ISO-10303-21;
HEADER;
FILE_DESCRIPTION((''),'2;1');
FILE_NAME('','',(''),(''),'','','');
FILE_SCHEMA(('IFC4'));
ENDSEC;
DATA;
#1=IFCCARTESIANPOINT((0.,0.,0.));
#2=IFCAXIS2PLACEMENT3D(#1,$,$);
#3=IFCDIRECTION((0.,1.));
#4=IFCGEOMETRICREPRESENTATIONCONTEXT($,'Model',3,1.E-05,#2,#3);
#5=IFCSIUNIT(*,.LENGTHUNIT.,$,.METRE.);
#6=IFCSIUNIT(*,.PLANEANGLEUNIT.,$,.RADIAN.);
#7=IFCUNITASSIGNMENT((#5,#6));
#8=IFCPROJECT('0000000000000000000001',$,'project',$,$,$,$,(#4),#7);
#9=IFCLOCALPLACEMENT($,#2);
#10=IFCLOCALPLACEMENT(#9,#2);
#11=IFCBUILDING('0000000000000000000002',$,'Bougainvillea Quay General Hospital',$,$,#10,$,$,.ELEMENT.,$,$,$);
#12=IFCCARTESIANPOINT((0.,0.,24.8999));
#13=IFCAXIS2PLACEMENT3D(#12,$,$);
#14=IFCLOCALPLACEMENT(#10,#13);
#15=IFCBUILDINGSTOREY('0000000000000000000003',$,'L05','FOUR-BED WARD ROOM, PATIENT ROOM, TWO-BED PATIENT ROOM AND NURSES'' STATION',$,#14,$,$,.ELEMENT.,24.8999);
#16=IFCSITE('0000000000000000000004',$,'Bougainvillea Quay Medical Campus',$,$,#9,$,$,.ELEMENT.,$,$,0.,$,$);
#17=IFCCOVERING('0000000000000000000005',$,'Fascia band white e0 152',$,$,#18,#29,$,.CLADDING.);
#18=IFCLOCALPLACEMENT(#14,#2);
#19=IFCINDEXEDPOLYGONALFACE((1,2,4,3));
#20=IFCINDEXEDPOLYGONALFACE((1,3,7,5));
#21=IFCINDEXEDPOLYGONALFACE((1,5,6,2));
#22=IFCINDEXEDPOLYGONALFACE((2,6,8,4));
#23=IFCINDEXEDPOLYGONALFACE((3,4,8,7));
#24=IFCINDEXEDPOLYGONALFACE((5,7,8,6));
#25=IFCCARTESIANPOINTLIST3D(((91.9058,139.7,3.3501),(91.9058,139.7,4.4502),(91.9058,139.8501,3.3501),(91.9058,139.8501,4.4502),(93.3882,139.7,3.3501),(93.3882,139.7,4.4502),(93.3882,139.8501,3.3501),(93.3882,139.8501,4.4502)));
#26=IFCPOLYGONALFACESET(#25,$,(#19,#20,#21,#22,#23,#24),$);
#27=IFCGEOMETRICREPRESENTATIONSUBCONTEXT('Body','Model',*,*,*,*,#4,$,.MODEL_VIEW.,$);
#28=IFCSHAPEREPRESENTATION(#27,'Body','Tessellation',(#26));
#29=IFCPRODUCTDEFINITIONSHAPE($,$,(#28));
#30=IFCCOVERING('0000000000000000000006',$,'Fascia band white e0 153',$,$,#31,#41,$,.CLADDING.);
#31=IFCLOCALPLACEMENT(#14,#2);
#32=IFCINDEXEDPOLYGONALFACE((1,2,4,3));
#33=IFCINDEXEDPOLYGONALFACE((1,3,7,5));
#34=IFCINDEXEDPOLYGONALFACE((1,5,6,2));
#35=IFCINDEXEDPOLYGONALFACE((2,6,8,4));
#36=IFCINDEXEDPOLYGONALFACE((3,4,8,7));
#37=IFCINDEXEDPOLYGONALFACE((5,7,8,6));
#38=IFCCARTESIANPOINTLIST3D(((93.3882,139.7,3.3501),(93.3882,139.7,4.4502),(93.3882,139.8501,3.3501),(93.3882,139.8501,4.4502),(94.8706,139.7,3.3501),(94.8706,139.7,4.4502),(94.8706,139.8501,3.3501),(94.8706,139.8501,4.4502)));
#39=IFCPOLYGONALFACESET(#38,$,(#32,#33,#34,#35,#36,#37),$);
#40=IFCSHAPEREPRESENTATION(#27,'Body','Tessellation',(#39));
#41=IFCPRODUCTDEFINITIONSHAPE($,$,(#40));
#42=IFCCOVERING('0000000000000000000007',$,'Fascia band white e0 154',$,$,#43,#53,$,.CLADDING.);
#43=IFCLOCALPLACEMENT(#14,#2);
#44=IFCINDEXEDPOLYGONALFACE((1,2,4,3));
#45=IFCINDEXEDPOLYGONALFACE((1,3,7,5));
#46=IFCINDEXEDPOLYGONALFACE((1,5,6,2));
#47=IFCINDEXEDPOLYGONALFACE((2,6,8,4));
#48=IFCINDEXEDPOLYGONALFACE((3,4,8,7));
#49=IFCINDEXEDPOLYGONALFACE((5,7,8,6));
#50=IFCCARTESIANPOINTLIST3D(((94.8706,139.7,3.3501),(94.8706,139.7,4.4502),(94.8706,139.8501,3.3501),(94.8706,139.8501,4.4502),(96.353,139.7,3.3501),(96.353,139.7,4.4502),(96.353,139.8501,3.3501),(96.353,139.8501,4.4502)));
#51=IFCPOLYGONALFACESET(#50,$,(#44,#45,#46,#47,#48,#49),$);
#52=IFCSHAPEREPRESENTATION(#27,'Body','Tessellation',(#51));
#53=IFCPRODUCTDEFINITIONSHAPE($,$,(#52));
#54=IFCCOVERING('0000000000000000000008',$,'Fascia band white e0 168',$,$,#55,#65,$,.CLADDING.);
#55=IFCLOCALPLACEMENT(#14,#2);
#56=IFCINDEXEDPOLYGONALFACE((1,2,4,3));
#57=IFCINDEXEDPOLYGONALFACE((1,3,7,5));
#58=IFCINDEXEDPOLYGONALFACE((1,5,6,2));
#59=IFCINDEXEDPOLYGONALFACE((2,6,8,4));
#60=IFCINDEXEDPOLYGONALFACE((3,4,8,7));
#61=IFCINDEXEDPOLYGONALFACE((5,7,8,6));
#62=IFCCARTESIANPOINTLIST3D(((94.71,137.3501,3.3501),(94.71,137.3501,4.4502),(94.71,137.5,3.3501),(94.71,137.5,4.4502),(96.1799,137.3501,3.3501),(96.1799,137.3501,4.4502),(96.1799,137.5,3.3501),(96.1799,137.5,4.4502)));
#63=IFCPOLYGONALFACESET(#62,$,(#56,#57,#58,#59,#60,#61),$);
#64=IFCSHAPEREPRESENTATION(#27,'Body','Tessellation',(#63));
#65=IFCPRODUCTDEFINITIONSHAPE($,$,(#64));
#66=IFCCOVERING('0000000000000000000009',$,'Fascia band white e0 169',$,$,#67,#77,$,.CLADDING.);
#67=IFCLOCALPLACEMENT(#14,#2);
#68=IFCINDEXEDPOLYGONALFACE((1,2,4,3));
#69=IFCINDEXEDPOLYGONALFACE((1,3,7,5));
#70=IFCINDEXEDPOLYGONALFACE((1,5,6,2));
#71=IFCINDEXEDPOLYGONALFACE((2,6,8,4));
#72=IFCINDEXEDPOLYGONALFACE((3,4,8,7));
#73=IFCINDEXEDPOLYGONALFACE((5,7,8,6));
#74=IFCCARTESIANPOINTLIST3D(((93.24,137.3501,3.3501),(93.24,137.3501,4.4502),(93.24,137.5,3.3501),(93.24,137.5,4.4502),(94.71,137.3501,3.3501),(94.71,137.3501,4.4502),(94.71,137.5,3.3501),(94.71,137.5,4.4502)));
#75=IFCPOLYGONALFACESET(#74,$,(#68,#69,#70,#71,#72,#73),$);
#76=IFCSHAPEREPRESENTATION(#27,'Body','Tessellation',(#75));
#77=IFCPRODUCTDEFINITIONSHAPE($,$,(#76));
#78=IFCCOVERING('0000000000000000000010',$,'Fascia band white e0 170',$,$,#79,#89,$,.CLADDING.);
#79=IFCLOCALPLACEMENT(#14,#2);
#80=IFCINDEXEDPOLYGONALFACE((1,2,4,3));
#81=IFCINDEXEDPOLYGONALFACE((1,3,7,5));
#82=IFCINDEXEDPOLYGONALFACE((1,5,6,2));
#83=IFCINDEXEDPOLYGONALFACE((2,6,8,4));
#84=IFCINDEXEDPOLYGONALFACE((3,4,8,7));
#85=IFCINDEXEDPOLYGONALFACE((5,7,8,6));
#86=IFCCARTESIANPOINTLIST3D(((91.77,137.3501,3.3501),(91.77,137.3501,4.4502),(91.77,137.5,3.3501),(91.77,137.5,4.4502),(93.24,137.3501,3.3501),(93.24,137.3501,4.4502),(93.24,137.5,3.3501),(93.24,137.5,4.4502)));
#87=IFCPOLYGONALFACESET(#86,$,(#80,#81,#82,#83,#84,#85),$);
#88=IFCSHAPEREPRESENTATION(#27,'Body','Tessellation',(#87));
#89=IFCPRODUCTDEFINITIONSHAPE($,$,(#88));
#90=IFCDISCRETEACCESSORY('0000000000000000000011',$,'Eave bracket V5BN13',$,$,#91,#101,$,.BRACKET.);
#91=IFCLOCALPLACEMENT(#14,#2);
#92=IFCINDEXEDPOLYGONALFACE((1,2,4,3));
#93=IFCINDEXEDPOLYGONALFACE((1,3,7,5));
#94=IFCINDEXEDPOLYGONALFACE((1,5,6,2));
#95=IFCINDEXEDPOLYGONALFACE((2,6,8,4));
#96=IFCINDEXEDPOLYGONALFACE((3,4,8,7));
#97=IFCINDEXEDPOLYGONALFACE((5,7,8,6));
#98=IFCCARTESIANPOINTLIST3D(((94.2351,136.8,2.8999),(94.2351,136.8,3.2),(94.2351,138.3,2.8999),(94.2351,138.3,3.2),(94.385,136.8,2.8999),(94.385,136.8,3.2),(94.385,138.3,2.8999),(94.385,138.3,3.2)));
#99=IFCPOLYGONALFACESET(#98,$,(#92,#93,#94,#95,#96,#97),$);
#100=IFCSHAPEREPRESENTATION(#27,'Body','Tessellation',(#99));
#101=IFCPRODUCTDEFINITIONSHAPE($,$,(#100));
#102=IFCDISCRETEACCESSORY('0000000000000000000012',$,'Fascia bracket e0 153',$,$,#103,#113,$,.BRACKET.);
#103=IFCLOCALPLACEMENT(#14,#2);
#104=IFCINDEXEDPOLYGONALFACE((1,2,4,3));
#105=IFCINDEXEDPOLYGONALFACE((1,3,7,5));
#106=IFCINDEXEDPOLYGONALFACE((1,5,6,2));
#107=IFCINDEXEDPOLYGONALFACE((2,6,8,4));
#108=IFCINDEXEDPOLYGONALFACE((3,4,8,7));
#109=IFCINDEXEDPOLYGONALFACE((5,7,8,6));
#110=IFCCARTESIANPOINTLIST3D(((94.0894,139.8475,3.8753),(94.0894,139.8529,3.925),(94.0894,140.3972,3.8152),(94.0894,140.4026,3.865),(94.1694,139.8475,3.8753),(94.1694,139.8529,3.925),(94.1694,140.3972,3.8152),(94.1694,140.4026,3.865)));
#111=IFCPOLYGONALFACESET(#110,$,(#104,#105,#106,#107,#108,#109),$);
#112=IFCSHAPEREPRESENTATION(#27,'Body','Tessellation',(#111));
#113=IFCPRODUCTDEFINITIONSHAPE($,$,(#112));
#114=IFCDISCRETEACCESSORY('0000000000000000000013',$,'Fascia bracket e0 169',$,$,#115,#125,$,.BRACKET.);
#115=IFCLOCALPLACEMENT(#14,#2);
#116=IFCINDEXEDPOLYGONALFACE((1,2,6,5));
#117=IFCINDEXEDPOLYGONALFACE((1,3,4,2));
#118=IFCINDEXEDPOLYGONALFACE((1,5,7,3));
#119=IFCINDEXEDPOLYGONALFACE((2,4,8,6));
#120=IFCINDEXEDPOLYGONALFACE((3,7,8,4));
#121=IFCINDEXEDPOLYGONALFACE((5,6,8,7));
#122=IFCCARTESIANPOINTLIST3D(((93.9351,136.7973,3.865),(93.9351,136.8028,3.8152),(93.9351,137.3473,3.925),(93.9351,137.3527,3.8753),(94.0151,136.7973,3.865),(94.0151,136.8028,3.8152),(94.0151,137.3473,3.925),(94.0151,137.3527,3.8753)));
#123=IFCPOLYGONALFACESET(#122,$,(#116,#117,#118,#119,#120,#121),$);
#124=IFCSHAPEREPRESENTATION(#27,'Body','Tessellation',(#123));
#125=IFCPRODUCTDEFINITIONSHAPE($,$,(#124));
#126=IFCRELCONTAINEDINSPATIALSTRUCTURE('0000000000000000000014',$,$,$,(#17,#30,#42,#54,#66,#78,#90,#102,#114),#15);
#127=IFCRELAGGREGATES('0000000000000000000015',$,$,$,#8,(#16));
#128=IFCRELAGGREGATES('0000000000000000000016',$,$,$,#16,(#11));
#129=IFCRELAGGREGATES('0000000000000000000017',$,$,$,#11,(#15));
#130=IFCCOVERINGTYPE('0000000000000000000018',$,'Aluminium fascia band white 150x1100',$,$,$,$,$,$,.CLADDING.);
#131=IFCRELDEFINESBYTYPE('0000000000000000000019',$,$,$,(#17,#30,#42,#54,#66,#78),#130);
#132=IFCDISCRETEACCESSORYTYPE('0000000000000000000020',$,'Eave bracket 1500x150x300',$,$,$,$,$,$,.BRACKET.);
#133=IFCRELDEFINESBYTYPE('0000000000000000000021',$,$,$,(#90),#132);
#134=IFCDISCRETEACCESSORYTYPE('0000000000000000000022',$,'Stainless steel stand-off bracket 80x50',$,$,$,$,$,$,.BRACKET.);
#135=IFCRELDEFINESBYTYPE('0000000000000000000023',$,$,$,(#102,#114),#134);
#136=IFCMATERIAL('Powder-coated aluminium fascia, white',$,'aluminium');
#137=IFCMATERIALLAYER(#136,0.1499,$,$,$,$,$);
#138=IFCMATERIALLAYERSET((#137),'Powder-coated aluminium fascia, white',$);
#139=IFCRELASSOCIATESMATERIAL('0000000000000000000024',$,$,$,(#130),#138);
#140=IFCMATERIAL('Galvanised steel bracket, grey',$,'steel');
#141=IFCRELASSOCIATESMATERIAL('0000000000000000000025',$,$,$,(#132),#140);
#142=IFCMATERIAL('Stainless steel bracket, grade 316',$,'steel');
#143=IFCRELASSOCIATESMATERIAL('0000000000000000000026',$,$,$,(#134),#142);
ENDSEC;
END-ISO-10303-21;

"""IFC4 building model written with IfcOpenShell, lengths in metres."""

from ifc_helpers import new_model, si_unit, direction, frame, origin, origin_2d, place, context, subcontext, project, spatial, polyline, rectangle, outline, extrude, material, layer, layer_set, material_profile, profile_set, type_object, element, save


model = new_model("IFC4")

# Units and contexts
model_context = context("Model", 3, precision=1e-05, world=origin(), true_north=direction((0.0, 1.0)))
body_context = subcontext(model_context, "Body", "Model", "MODEL_VIEW")
ifc_project = project(units=[si_unit("LENGTHUNIT", "METRE"), si_unit("PLANEANGLEUNIT", "RADIAN")], contexts=[model_context])

# Site, building, storey
site_placement = place(None, origin())
site = spatial("IfcSite", under=ifc_project, at=site_placement, Name="Bougainvillea Quay Medical Campus", CompositionType="ELEMENT", RefElevation=0.0)
building_placement = place(site_placement, origin())
building = spatial("IfcBuilding", under=site, at=building_placement, Name="Bougainvillea Quay General Hospital", CompositionType="ELEMENT")
storey_placement = place(building_placement, frame((0.0, 0.0, 24.8999)))
storey = spatial("IfcBuildingStorey", under=building, at=storey_placement, Name="L05", Description="FOUR-BED WARD ROOM, PATIENT ROOM, TWO-BED PATIENT ROOM AND NURSES' STATION", CompositionType="ELEMENT", Elevation=24.8999)

# Coverings
ifc_material_1 = material(Name="Powder-coated aluminium fascia, white", Category="aluminium")
ifc_layer_1 = layer(ifc_material_1, 0.1499)
ifc_layer_set_1 = layer_set([ifc_layer_1], Name="Powder-coated aluminium fascia, white")
covering_type = type_object("IfcCoveringType", Name="Aluminium fascia band white 150x1100", PredefinedType="CLADDING", material=ifc_layer_set_1)
for number, where, z_axis, x_axis, name in (
    (1, (91.9058, 139.8501, 3.3501), (0.0, 0.0, 1.0), (1.0, 0.0, 0.0), "Fascia band white e0 152"),
    (2, (93.3882, 139.8501, 3.3501), (0.0, 0.0, 1.0), (1.0, 0.0, 0.0), "Fascia band white e0 153"),
    (3, (94.8706, 139.8501, 3.3501), (0.0, 0.0, 1.0), (1.0, 0.0, 0.0), "Fascia band white e0 154"),
):
    element("IfcCovering", number, at=place(storey_placement, frame(where, z_axis=z_axis, x_axis=x_axis)), inside=storey, type_object=covering_type, Name=name, PredefinedType="CLADDING", context=body_context, shape_type="SweptSolid", body=[
        extrude(outline(polyline([(0.0, 0.0), (1.4824, 0.0), (1.4824, -0.1501), (0.0, -0.1501), (0.0, 0.0)])), origin(), (0.0, 0.0, 1.0), 1.1001),
    ])
for number, where, z_axis, x_axis, name in (
    (4, (96.1799, 137.3501, 3.3501), (0.0, 0.0, 1.0), (-1.0, 0.0, 0.0), "Fascia band white e0 168"),
    (5, (94.71, 137.3501, 3.3501), (0.0, 0.0, 1.0), (-1.0, 0.0, 0.0), "Fascia band white e0 169"),
    (6, (93.24, 137.3501, 3.3501), (0.0, 0.0, 1.0), (-1.0, 0.0, 0.0), "Fascia band white e0 170"),
):
    element("IfcCovering", number, at=place(storey_placement, frame(where, z_axis=z_axis, x_axis=x_axis)), inside=storey, type_object=covering_type, Name=name, PredefinedType="CLADDING", context=body_context, shape_type="SweptSolid", body=[
        extrude(outline(polyline([(0.0, 0.0), (1.47, 0.0), (1.47, -0.1499), (0.0, -0.1499), (0.0, 0.0)])), origin(), (0.0, 0.0, 1.0), 1.1001),
    ])

# Discrete accessories
ifc_material_2 = material(Name="Galvanised steel bracket, grey", Category="steel")
discrete_accessory_type_1 = type_object("IfcDiscreteAccessoryType", Name="Eave bracket 1500x150x300", PredefinedType="BRACKET", material=ifc_material_2)
discrete_accessory_1_placement = place(storey_placement, frame((94.3101, 137.55, 2.8999), z_axis=(0.0, 0.0, 1.0), x_axis=(1.0, 0.0, 0.0)))
element("IfcDiscreteAccessory", 7, at=discrete_accessory_1_placement, inside=storey, type_object=discrete_accessory_type_1, Name="Eave bracket V5BN13", PredefinedType="BRACKET", context=body_context, shape_type="SweptSolid", body=[
    extrude(rectangle(XDim=0.1499, YDim=1.5, at=origin_2d()), origin(), (0.0, 0.0, 1.0), 0.3),
])
ifc_material_3 = material(Name="Stainless steel bracket, grade 316", Category="steel")
ifc_material_profile_1 = material_profile(ifc_material_3, rectangle(XDim=0.0801, YDim=0.05, at=origin_2d()))
ifc_profile_set_1 = profile_set([ifc_material_profile_1], Name="Stainless steel bracket, grade 316")
discrete_accessory_type_2 = type_object("IfcDiscreteAccessoryType", Name="Stainless steel stand-off bracket 80x50", PredefinedType="BRACKET", material=ifc_profile_set_1)
discrete_accessory_2_placement = place(storey_placement, frame((94.1294, 140.3999, 3.8401), z_axis=(0.0, -0.994087, 0.10859), x_axis=(1.0, 0.0, 0.0)))
element("IfcDiscreteAccessory", 8, at=discrete_accessory_2_placement, inside=storey, type_object=discrete_accessory_type_2, Name="Fascia bracket e0 153", PredefinedType="BRACKET", context=body_context, shape_type="SweptSolid", body=[
    extrude(rectangle(XDim=0.0801, YDim=0.05, at=origin_2d()), origin(), (0.0, 0.0, 1.0), 0.553),
])
discrete_accessory_3_placement = place(storey_placement, frame((93.9751, 136.8, 3.8401), z_axis=(0.0, 0.994092, 0.108543), x_axis=(-1.0, 0.0, 0.0)))
element("IfcDiscreteAccessory", 9, at=discrete_accessory_3_placement, inside=storey, type_object=discrete_accessory_type_2, Name="Fascia bracket e0 169", PredefinedType="BRACKET", context=body_context, shape_type="SweptSolid", body=[
    extrude(rectangle(XDim=0.0801, YDim=0.05, at=origin_2d()), origin(), (0.0, 0.0, 1.0), 0.5532),
])

save(model, "model.ifc")
